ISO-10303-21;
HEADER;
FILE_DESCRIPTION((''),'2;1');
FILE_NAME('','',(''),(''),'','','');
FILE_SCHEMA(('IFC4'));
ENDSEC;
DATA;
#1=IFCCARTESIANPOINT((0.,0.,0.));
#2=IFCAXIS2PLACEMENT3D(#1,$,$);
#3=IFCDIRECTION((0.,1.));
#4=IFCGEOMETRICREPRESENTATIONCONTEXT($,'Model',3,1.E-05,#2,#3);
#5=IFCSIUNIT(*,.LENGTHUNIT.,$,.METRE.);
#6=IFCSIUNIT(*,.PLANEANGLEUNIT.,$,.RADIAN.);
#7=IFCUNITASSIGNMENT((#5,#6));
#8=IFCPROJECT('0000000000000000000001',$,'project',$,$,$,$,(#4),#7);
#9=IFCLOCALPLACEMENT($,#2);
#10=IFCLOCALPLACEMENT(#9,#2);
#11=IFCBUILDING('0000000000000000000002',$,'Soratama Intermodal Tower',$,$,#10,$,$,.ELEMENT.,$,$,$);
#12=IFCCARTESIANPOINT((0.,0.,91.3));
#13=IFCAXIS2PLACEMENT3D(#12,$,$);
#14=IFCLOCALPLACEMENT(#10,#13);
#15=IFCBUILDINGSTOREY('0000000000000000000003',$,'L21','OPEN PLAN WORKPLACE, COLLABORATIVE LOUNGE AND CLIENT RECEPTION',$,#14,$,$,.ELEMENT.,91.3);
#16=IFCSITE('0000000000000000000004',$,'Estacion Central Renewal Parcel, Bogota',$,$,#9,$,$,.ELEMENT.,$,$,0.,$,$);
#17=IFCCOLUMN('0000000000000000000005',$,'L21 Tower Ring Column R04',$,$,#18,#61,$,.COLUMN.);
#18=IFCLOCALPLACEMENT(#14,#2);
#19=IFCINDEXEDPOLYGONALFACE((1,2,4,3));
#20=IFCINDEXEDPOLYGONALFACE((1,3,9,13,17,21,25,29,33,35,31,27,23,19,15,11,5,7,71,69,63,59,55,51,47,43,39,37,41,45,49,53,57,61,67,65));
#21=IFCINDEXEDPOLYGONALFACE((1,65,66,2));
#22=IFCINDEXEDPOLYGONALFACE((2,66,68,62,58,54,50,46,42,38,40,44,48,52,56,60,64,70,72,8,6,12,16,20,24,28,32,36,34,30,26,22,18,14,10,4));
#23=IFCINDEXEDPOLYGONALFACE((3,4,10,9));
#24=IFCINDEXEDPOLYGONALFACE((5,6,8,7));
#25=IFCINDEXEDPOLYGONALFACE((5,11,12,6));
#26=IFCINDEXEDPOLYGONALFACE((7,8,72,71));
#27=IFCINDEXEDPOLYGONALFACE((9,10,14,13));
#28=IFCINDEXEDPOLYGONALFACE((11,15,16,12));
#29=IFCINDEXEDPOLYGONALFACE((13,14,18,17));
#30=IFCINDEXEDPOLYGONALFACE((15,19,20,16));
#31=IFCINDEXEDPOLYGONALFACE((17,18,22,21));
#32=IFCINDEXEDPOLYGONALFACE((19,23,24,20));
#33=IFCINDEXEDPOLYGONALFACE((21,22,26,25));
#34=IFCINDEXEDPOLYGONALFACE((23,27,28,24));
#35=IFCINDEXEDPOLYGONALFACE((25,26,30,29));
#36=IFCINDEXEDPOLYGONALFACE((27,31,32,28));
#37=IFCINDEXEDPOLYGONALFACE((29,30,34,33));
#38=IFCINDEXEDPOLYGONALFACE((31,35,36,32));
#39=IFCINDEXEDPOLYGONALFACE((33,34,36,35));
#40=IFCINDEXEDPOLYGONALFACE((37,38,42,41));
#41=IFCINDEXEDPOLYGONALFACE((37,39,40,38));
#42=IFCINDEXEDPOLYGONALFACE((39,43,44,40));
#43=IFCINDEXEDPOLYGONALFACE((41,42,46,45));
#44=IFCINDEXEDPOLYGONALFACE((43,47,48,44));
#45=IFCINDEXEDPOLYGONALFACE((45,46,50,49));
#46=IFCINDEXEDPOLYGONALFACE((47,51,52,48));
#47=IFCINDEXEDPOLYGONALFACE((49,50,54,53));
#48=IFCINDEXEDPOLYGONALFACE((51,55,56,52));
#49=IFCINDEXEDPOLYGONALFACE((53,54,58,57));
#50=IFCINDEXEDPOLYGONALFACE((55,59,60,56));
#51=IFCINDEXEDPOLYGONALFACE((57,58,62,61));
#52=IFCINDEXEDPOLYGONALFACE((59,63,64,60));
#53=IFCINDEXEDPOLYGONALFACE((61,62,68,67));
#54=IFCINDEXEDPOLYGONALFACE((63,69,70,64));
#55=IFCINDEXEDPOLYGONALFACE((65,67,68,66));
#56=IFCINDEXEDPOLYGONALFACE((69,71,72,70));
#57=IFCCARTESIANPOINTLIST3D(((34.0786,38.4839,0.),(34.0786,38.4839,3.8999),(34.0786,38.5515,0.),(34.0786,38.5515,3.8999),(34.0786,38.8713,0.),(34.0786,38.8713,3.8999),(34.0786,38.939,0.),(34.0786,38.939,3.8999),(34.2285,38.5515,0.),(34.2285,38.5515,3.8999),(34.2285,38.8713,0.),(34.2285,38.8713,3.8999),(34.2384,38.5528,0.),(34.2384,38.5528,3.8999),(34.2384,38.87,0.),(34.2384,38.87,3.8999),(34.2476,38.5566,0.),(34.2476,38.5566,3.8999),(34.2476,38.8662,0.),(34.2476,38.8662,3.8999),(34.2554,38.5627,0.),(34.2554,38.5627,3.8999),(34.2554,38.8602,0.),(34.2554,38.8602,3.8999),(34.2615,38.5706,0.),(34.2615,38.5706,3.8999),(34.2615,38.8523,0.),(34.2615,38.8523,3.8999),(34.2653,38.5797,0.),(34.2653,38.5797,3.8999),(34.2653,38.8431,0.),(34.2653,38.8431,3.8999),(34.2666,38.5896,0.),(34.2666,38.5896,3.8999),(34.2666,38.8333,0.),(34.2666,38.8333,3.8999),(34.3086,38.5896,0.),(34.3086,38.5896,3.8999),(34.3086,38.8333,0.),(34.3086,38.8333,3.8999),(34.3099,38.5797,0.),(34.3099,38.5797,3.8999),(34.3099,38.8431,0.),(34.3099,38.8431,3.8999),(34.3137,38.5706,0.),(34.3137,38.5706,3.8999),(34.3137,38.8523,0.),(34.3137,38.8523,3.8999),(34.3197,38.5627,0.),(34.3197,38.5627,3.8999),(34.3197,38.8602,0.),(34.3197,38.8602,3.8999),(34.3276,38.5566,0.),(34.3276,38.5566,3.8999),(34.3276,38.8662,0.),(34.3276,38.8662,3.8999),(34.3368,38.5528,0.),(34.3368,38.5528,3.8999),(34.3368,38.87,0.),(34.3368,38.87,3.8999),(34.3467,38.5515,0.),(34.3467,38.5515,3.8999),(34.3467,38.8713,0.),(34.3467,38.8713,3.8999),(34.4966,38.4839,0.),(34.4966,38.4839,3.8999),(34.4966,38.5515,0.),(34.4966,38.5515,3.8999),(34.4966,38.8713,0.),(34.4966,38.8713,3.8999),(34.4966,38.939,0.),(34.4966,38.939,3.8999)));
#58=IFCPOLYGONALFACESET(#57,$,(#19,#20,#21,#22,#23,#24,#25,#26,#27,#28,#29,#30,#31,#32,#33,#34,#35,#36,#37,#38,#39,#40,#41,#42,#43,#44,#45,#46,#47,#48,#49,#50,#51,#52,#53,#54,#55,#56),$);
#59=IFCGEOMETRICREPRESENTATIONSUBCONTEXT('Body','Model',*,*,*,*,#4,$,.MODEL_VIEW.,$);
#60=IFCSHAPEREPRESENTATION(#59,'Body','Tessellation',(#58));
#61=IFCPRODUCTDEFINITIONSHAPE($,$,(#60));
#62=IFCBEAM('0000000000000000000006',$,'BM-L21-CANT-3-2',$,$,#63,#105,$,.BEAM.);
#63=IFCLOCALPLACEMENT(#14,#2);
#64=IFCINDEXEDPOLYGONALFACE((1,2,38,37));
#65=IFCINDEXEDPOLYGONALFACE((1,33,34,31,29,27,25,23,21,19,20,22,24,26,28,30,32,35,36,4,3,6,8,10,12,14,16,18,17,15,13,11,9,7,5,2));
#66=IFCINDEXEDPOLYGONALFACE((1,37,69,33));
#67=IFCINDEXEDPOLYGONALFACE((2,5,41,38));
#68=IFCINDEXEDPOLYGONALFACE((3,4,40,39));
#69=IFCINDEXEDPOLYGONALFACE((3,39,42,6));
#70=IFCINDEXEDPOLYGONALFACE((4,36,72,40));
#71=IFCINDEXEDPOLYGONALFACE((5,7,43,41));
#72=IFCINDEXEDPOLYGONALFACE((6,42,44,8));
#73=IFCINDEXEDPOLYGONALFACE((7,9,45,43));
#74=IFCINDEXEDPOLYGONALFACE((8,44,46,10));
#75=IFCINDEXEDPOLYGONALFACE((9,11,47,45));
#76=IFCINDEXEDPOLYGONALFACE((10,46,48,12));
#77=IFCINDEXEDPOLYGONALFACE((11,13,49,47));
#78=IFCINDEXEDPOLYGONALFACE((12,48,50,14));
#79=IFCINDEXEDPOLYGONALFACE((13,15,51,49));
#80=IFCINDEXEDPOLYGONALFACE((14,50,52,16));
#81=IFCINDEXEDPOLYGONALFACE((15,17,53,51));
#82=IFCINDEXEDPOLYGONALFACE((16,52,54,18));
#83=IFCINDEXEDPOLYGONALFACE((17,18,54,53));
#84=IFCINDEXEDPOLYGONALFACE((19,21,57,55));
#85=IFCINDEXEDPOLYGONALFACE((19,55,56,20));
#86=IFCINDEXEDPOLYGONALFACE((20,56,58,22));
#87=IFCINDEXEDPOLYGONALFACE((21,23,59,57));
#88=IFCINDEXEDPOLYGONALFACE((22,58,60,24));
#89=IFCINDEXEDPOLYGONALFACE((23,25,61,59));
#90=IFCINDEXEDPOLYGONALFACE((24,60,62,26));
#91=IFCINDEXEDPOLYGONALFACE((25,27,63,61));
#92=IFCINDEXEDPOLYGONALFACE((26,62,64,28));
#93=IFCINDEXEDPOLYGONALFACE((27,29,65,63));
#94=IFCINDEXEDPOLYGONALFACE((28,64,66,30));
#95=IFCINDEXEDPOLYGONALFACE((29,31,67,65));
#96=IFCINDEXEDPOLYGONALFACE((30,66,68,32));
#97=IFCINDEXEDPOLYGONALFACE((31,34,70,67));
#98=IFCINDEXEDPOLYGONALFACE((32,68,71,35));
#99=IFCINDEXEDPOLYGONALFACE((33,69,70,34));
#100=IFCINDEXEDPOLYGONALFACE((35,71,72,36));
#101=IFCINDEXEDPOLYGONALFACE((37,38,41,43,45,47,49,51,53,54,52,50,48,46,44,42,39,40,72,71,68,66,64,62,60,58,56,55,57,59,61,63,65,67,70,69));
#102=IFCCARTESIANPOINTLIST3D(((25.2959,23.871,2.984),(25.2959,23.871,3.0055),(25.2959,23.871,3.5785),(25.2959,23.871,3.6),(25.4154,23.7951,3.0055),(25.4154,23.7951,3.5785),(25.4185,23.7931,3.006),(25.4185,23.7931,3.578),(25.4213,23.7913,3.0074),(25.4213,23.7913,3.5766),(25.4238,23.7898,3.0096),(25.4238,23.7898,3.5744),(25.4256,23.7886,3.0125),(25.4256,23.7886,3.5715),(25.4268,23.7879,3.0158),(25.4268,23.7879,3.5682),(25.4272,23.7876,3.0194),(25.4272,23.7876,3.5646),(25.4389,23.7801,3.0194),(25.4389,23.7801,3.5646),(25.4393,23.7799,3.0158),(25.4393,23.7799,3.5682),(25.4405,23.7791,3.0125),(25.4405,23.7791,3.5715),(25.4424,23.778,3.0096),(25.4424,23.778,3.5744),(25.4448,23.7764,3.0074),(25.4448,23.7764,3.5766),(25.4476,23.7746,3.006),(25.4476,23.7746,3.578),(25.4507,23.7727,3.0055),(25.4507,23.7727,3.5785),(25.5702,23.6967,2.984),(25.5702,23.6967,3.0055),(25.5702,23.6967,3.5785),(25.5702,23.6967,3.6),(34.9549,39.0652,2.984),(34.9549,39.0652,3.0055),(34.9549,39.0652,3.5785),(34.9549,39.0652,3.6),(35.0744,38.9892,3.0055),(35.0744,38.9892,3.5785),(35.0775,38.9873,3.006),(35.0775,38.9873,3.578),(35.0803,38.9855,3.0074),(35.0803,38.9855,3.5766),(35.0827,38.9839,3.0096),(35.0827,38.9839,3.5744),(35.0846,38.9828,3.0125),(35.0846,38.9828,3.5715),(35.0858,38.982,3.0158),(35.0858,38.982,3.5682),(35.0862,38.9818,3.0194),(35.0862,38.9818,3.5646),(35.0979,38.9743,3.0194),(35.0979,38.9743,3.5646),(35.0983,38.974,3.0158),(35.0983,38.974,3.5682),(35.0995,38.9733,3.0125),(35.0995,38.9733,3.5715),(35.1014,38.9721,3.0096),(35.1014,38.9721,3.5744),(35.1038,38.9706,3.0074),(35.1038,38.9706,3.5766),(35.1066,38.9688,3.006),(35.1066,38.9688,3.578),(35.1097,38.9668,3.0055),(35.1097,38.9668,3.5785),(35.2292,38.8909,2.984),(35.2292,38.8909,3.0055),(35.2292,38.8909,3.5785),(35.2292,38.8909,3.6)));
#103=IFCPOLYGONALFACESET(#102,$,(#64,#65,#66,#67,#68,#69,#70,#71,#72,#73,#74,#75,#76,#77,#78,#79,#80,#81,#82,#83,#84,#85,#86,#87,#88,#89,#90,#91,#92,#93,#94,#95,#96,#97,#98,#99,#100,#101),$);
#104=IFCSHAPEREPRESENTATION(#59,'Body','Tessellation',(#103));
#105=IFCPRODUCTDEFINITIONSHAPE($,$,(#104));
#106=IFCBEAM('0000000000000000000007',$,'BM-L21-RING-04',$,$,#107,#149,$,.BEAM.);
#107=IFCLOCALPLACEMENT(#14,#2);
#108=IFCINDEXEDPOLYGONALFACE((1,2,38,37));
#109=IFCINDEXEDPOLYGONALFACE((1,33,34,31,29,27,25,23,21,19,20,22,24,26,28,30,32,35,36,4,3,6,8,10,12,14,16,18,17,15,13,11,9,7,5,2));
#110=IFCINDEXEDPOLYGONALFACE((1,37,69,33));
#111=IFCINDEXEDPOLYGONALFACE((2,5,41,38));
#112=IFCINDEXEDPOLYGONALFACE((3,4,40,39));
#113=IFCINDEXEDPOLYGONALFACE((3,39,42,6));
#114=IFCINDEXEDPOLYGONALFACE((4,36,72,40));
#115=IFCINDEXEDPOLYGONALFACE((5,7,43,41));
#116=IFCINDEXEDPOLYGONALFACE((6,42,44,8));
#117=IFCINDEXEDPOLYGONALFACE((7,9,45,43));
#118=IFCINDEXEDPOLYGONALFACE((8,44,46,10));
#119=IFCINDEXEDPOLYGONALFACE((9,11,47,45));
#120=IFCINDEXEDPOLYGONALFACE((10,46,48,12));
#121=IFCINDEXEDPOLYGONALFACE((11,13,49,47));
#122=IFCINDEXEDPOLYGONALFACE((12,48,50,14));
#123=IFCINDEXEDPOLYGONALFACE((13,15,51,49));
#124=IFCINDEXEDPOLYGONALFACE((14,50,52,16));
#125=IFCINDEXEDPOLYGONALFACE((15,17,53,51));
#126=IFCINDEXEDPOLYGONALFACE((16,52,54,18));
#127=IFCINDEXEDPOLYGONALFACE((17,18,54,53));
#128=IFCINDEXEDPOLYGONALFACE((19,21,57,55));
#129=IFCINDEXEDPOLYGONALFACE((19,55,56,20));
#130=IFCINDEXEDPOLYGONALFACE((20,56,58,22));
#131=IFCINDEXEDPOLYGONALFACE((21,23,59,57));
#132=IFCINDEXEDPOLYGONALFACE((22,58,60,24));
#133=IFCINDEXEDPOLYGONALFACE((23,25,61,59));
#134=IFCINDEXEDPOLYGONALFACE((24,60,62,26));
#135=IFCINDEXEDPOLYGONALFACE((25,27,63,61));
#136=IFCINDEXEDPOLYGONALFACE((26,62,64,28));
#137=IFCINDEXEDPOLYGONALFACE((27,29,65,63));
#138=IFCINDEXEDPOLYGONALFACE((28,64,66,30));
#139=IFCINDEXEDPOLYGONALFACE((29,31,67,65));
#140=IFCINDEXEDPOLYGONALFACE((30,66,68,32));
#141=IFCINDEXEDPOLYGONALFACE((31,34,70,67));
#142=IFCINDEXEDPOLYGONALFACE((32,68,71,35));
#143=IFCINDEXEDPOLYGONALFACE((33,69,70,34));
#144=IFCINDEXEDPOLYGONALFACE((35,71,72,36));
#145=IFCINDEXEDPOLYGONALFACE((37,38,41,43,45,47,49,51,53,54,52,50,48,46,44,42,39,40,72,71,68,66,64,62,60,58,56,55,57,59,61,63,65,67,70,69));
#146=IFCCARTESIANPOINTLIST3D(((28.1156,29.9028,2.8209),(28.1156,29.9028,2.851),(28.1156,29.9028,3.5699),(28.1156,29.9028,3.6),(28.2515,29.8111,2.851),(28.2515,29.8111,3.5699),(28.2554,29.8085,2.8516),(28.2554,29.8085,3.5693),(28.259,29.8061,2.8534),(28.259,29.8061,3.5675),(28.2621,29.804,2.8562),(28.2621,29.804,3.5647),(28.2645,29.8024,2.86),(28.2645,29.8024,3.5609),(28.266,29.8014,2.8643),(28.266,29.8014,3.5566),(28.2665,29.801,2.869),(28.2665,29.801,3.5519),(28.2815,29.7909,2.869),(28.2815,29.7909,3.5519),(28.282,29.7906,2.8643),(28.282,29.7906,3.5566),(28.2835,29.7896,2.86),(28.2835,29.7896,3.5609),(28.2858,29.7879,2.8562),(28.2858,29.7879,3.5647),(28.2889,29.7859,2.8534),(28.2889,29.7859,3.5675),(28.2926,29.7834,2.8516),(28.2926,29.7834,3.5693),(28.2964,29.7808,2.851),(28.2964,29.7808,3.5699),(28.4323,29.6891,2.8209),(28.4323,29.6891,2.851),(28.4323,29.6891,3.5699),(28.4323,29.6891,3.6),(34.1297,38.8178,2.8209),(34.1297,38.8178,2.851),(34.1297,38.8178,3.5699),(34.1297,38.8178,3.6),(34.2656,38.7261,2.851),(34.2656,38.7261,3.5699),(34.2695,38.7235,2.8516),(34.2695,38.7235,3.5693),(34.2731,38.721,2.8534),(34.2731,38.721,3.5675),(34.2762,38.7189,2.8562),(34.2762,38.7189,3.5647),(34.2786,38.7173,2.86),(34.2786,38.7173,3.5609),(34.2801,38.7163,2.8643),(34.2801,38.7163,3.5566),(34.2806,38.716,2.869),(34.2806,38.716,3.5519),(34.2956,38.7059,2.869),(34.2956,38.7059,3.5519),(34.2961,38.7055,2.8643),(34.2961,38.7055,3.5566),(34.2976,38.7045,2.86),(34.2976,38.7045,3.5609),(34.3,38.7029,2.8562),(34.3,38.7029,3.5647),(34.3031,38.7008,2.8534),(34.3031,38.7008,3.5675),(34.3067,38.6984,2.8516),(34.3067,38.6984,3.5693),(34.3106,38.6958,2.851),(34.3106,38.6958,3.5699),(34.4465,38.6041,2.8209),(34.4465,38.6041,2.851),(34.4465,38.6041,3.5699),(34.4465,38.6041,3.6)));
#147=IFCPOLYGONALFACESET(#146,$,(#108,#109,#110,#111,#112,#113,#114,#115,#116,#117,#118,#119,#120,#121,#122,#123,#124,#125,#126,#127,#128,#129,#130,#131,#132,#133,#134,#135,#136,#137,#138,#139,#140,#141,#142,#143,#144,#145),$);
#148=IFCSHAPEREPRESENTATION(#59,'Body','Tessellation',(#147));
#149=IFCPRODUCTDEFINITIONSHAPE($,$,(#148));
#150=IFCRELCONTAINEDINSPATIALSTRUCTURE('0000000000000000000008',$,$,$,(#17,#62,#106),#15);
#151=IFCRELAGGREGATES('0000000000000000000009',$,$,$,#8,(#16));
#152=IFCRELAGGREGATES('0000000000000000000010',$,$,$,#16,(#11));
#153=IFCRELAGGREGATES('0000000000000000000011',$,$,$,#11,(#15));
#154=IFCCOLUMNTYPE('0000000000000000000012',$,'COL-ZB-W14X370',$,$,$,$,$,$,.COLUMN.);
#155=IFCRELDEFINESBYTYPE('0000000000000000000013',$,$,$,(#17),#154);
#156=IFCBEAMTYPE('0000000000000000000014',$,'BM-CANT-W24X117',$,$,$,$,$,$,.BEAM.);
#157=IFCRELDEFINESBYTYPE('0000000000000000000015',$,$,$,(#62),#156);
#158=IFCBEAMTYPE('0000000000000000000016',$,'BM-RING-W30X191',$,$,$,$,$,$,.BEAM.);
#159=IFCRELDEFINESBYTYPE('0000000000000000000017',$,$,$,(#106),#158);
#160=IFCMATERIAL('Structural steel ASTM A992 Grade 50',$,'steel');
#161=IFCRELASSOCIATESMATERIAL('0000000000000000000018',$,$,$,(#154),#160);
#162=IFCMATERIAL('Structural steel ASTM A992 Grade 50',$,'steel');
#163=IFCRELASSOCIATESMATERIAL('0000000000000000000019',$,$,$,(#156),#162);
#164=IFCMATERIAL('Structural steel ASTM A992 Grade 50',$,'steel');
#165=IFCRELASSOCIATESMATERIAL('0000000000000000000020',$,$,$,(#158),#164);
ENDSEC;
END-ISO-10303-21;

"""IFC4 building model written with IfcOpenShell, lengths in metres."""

from ifc_helpers import new_model, si_unit, direction, frame, origin, origin_2d, place, context, subcontext, project, spatial, i_section, extrude, material, material_profile, profile_set, type_object, element, save


model = new_model("IFC4")

# Units and contexts
model_context = context("Model", 3, precision=1e-05, world=origin(), true_north=direction((0.0, 1.0)))
body_context = subcontext(model_context, "Body", "Model", "MODEL_VIEW")
ifc_project = project(units=[si_unit("LENGTHUNIT", "METRE"), si_unit("PLANEANGLEUNIT", "RADIAN")], contexts=[model_context])

# Site, building, storey
site_placement = place(None, origin())
site = spatial("IfcSite", under=ifc_project, at=site_placement, Name="Estacion Central Renewal Parcel, Bogota", CompositionType="ELEMENT", RefElevation=0.0)
building_placement = place(site_placement, origin())
building = spatial("IfcBuilding", under=site, at=building_placement, Name="Soratama Intermodal Tower", CompositionType="ELEMENT")
storey_placement = place(building_placement, frame((0.0, 0.0, 91.3)))
storey = spatial("IfcBuildingStorey", under=building, at=storey_placement, Name="L21", Description="OPEN PLAN WORKPLACE, COLLABORATIVE LOUNGE AND CLIENT RECEPTION", CompositionType="ELEMENT", Elevation=91.3)

# Column
ifc_material_1 = material(Name="Structural steel ASTM A992 Grade 50", Category="steel")
ifc_material_profile_1 = material_profile(ifc_material_1, i_section(OverallWidth=0.418, OverallDepth=0.4551, WebThickness=0.042, FlangeThickness=0.0676, FilletRadius=0.0381, at=origin_2d()), Name="W14X370")
ifc_profile_set_1 = profile_set([ifc_material_profile_1], Name="Structural steel ASTM A992 Grade 50")
column_type = type_object("IfcColumnType", Name="COL-ZB-W14X370", PredefinedType="COLUMN", material=ifc_profile_set_1)
column_placement = place(storey_placement, frame((34.2876, 38.7114, 0.0), z_axis=(0.0, 0.0, 1.0), x_axis=(1.0, 0.0, 0.0)))
element("IfcColumn", 1, at=column_placement, inside=storey, type_object=column_type, Name="L21 Tower Ring Column R04", PredefinedType="COLUMN", context=body_context, shape_type="SweptSolid", body=[
    extrude(i_section(OverallWidth=0.418, OverallDepth=0.4551, WebThickness=0.042, FlangeThickness=0.0676, FilletRadius=0.0381, at=origin_2d()), origin(), (0.0, 0.0, 1.0), 3.8999),
])

# Beams
ifc_material_2 = material(Name="Structural steel ASTM A992 Grade 50", Category="steel")
ifc_material_profile_2 = material_profile(ifc_material_2, i_section(OverallWidth=0.325, OverallDepth=0.616, WebThickness=0.0139, FlangeThickness=0.0215, FilletRadius=0.0139, at=origin_2d()), Name="W24X117")
ifc_profile_set_2 = profile_set([ifc_material_profile_2], Name="Structural steel ASTM A992 Grade 50")
beam_type_1 = type_object("IfcBeamType", Name="BM-CANT-W24X117", PredefinedType="BEAM", material=ifc_profile_set_2)
beam_1_placement = place(storey_placement, frame((35.092, 38.978, 3.292), z_axis=(-0.536479, -0.843914, 0.0), x_axis=(0.843914, -0.536479, 0.0)))
element("IfcBeam", 2, at=beam_1_placement, inside=storey, type_object=beam_type_1, Name="BM-L21-CANT-3-2", PredefinedType="BEAM", context=body_context, shape_type="SweptSolid", body=[
    extrude(i_section(OverallWidth=0.325, OverallDepth=0.616, WebThickness=0.0139, FlangeThickness=0.0215, FilletRadius=0.0139, at=origin_2d()), origin(), (0.0, 0.0, 1.0), 18.0044),
])
ifc_material_3 = material(Name="Structural steel ASTM A992 Grade 50", Category="steel")
ifc_material_profile_3 = material_profile(ifc_material_3, i_section(OverallWidth=0.3821, OverallDepth=0.7791, WebThickness=0.0181, FlangeThickness=0.03, FilletRadius=0.0181, at=origin_2d()), Name="W30X191")
ifc_profile_set_3 = profile_set([ifc_material_profile_3], Name="Structural steel ASTM A992 Grade 50")
beam_type_2 = type_object("IfcBeamType", Name="BM-RING-W30X191", PredefinedType="BEAM", material=ifc_profile_set_3)
beam_2_placement = place(storey_placement, frame((34.2881, 38.7109, 3.2104), z_axis=(-0.55925, -0.828999, 0.0), x_axis=(0.828999, -0.55925, 0.0)))
element("IfcBeam", 3, at=beam_2_placement, inside=storey, type_object=beam_type_2, Name="BM-L21-RING-04", PredefinedType="BEAM", context=body_context, shape_type="SweptSolid", body=[
    extrude(i_section(OverallWidth=0.3821, OverallDepth=0.7791, WebThickness=0.0181, FlangeThickness=0.03, FilletRadius=0.0181, at=origin_2d()), origin(), (0.0, 0.0, 1.0), 10.7539),
])

save(model, "model.ifc")
